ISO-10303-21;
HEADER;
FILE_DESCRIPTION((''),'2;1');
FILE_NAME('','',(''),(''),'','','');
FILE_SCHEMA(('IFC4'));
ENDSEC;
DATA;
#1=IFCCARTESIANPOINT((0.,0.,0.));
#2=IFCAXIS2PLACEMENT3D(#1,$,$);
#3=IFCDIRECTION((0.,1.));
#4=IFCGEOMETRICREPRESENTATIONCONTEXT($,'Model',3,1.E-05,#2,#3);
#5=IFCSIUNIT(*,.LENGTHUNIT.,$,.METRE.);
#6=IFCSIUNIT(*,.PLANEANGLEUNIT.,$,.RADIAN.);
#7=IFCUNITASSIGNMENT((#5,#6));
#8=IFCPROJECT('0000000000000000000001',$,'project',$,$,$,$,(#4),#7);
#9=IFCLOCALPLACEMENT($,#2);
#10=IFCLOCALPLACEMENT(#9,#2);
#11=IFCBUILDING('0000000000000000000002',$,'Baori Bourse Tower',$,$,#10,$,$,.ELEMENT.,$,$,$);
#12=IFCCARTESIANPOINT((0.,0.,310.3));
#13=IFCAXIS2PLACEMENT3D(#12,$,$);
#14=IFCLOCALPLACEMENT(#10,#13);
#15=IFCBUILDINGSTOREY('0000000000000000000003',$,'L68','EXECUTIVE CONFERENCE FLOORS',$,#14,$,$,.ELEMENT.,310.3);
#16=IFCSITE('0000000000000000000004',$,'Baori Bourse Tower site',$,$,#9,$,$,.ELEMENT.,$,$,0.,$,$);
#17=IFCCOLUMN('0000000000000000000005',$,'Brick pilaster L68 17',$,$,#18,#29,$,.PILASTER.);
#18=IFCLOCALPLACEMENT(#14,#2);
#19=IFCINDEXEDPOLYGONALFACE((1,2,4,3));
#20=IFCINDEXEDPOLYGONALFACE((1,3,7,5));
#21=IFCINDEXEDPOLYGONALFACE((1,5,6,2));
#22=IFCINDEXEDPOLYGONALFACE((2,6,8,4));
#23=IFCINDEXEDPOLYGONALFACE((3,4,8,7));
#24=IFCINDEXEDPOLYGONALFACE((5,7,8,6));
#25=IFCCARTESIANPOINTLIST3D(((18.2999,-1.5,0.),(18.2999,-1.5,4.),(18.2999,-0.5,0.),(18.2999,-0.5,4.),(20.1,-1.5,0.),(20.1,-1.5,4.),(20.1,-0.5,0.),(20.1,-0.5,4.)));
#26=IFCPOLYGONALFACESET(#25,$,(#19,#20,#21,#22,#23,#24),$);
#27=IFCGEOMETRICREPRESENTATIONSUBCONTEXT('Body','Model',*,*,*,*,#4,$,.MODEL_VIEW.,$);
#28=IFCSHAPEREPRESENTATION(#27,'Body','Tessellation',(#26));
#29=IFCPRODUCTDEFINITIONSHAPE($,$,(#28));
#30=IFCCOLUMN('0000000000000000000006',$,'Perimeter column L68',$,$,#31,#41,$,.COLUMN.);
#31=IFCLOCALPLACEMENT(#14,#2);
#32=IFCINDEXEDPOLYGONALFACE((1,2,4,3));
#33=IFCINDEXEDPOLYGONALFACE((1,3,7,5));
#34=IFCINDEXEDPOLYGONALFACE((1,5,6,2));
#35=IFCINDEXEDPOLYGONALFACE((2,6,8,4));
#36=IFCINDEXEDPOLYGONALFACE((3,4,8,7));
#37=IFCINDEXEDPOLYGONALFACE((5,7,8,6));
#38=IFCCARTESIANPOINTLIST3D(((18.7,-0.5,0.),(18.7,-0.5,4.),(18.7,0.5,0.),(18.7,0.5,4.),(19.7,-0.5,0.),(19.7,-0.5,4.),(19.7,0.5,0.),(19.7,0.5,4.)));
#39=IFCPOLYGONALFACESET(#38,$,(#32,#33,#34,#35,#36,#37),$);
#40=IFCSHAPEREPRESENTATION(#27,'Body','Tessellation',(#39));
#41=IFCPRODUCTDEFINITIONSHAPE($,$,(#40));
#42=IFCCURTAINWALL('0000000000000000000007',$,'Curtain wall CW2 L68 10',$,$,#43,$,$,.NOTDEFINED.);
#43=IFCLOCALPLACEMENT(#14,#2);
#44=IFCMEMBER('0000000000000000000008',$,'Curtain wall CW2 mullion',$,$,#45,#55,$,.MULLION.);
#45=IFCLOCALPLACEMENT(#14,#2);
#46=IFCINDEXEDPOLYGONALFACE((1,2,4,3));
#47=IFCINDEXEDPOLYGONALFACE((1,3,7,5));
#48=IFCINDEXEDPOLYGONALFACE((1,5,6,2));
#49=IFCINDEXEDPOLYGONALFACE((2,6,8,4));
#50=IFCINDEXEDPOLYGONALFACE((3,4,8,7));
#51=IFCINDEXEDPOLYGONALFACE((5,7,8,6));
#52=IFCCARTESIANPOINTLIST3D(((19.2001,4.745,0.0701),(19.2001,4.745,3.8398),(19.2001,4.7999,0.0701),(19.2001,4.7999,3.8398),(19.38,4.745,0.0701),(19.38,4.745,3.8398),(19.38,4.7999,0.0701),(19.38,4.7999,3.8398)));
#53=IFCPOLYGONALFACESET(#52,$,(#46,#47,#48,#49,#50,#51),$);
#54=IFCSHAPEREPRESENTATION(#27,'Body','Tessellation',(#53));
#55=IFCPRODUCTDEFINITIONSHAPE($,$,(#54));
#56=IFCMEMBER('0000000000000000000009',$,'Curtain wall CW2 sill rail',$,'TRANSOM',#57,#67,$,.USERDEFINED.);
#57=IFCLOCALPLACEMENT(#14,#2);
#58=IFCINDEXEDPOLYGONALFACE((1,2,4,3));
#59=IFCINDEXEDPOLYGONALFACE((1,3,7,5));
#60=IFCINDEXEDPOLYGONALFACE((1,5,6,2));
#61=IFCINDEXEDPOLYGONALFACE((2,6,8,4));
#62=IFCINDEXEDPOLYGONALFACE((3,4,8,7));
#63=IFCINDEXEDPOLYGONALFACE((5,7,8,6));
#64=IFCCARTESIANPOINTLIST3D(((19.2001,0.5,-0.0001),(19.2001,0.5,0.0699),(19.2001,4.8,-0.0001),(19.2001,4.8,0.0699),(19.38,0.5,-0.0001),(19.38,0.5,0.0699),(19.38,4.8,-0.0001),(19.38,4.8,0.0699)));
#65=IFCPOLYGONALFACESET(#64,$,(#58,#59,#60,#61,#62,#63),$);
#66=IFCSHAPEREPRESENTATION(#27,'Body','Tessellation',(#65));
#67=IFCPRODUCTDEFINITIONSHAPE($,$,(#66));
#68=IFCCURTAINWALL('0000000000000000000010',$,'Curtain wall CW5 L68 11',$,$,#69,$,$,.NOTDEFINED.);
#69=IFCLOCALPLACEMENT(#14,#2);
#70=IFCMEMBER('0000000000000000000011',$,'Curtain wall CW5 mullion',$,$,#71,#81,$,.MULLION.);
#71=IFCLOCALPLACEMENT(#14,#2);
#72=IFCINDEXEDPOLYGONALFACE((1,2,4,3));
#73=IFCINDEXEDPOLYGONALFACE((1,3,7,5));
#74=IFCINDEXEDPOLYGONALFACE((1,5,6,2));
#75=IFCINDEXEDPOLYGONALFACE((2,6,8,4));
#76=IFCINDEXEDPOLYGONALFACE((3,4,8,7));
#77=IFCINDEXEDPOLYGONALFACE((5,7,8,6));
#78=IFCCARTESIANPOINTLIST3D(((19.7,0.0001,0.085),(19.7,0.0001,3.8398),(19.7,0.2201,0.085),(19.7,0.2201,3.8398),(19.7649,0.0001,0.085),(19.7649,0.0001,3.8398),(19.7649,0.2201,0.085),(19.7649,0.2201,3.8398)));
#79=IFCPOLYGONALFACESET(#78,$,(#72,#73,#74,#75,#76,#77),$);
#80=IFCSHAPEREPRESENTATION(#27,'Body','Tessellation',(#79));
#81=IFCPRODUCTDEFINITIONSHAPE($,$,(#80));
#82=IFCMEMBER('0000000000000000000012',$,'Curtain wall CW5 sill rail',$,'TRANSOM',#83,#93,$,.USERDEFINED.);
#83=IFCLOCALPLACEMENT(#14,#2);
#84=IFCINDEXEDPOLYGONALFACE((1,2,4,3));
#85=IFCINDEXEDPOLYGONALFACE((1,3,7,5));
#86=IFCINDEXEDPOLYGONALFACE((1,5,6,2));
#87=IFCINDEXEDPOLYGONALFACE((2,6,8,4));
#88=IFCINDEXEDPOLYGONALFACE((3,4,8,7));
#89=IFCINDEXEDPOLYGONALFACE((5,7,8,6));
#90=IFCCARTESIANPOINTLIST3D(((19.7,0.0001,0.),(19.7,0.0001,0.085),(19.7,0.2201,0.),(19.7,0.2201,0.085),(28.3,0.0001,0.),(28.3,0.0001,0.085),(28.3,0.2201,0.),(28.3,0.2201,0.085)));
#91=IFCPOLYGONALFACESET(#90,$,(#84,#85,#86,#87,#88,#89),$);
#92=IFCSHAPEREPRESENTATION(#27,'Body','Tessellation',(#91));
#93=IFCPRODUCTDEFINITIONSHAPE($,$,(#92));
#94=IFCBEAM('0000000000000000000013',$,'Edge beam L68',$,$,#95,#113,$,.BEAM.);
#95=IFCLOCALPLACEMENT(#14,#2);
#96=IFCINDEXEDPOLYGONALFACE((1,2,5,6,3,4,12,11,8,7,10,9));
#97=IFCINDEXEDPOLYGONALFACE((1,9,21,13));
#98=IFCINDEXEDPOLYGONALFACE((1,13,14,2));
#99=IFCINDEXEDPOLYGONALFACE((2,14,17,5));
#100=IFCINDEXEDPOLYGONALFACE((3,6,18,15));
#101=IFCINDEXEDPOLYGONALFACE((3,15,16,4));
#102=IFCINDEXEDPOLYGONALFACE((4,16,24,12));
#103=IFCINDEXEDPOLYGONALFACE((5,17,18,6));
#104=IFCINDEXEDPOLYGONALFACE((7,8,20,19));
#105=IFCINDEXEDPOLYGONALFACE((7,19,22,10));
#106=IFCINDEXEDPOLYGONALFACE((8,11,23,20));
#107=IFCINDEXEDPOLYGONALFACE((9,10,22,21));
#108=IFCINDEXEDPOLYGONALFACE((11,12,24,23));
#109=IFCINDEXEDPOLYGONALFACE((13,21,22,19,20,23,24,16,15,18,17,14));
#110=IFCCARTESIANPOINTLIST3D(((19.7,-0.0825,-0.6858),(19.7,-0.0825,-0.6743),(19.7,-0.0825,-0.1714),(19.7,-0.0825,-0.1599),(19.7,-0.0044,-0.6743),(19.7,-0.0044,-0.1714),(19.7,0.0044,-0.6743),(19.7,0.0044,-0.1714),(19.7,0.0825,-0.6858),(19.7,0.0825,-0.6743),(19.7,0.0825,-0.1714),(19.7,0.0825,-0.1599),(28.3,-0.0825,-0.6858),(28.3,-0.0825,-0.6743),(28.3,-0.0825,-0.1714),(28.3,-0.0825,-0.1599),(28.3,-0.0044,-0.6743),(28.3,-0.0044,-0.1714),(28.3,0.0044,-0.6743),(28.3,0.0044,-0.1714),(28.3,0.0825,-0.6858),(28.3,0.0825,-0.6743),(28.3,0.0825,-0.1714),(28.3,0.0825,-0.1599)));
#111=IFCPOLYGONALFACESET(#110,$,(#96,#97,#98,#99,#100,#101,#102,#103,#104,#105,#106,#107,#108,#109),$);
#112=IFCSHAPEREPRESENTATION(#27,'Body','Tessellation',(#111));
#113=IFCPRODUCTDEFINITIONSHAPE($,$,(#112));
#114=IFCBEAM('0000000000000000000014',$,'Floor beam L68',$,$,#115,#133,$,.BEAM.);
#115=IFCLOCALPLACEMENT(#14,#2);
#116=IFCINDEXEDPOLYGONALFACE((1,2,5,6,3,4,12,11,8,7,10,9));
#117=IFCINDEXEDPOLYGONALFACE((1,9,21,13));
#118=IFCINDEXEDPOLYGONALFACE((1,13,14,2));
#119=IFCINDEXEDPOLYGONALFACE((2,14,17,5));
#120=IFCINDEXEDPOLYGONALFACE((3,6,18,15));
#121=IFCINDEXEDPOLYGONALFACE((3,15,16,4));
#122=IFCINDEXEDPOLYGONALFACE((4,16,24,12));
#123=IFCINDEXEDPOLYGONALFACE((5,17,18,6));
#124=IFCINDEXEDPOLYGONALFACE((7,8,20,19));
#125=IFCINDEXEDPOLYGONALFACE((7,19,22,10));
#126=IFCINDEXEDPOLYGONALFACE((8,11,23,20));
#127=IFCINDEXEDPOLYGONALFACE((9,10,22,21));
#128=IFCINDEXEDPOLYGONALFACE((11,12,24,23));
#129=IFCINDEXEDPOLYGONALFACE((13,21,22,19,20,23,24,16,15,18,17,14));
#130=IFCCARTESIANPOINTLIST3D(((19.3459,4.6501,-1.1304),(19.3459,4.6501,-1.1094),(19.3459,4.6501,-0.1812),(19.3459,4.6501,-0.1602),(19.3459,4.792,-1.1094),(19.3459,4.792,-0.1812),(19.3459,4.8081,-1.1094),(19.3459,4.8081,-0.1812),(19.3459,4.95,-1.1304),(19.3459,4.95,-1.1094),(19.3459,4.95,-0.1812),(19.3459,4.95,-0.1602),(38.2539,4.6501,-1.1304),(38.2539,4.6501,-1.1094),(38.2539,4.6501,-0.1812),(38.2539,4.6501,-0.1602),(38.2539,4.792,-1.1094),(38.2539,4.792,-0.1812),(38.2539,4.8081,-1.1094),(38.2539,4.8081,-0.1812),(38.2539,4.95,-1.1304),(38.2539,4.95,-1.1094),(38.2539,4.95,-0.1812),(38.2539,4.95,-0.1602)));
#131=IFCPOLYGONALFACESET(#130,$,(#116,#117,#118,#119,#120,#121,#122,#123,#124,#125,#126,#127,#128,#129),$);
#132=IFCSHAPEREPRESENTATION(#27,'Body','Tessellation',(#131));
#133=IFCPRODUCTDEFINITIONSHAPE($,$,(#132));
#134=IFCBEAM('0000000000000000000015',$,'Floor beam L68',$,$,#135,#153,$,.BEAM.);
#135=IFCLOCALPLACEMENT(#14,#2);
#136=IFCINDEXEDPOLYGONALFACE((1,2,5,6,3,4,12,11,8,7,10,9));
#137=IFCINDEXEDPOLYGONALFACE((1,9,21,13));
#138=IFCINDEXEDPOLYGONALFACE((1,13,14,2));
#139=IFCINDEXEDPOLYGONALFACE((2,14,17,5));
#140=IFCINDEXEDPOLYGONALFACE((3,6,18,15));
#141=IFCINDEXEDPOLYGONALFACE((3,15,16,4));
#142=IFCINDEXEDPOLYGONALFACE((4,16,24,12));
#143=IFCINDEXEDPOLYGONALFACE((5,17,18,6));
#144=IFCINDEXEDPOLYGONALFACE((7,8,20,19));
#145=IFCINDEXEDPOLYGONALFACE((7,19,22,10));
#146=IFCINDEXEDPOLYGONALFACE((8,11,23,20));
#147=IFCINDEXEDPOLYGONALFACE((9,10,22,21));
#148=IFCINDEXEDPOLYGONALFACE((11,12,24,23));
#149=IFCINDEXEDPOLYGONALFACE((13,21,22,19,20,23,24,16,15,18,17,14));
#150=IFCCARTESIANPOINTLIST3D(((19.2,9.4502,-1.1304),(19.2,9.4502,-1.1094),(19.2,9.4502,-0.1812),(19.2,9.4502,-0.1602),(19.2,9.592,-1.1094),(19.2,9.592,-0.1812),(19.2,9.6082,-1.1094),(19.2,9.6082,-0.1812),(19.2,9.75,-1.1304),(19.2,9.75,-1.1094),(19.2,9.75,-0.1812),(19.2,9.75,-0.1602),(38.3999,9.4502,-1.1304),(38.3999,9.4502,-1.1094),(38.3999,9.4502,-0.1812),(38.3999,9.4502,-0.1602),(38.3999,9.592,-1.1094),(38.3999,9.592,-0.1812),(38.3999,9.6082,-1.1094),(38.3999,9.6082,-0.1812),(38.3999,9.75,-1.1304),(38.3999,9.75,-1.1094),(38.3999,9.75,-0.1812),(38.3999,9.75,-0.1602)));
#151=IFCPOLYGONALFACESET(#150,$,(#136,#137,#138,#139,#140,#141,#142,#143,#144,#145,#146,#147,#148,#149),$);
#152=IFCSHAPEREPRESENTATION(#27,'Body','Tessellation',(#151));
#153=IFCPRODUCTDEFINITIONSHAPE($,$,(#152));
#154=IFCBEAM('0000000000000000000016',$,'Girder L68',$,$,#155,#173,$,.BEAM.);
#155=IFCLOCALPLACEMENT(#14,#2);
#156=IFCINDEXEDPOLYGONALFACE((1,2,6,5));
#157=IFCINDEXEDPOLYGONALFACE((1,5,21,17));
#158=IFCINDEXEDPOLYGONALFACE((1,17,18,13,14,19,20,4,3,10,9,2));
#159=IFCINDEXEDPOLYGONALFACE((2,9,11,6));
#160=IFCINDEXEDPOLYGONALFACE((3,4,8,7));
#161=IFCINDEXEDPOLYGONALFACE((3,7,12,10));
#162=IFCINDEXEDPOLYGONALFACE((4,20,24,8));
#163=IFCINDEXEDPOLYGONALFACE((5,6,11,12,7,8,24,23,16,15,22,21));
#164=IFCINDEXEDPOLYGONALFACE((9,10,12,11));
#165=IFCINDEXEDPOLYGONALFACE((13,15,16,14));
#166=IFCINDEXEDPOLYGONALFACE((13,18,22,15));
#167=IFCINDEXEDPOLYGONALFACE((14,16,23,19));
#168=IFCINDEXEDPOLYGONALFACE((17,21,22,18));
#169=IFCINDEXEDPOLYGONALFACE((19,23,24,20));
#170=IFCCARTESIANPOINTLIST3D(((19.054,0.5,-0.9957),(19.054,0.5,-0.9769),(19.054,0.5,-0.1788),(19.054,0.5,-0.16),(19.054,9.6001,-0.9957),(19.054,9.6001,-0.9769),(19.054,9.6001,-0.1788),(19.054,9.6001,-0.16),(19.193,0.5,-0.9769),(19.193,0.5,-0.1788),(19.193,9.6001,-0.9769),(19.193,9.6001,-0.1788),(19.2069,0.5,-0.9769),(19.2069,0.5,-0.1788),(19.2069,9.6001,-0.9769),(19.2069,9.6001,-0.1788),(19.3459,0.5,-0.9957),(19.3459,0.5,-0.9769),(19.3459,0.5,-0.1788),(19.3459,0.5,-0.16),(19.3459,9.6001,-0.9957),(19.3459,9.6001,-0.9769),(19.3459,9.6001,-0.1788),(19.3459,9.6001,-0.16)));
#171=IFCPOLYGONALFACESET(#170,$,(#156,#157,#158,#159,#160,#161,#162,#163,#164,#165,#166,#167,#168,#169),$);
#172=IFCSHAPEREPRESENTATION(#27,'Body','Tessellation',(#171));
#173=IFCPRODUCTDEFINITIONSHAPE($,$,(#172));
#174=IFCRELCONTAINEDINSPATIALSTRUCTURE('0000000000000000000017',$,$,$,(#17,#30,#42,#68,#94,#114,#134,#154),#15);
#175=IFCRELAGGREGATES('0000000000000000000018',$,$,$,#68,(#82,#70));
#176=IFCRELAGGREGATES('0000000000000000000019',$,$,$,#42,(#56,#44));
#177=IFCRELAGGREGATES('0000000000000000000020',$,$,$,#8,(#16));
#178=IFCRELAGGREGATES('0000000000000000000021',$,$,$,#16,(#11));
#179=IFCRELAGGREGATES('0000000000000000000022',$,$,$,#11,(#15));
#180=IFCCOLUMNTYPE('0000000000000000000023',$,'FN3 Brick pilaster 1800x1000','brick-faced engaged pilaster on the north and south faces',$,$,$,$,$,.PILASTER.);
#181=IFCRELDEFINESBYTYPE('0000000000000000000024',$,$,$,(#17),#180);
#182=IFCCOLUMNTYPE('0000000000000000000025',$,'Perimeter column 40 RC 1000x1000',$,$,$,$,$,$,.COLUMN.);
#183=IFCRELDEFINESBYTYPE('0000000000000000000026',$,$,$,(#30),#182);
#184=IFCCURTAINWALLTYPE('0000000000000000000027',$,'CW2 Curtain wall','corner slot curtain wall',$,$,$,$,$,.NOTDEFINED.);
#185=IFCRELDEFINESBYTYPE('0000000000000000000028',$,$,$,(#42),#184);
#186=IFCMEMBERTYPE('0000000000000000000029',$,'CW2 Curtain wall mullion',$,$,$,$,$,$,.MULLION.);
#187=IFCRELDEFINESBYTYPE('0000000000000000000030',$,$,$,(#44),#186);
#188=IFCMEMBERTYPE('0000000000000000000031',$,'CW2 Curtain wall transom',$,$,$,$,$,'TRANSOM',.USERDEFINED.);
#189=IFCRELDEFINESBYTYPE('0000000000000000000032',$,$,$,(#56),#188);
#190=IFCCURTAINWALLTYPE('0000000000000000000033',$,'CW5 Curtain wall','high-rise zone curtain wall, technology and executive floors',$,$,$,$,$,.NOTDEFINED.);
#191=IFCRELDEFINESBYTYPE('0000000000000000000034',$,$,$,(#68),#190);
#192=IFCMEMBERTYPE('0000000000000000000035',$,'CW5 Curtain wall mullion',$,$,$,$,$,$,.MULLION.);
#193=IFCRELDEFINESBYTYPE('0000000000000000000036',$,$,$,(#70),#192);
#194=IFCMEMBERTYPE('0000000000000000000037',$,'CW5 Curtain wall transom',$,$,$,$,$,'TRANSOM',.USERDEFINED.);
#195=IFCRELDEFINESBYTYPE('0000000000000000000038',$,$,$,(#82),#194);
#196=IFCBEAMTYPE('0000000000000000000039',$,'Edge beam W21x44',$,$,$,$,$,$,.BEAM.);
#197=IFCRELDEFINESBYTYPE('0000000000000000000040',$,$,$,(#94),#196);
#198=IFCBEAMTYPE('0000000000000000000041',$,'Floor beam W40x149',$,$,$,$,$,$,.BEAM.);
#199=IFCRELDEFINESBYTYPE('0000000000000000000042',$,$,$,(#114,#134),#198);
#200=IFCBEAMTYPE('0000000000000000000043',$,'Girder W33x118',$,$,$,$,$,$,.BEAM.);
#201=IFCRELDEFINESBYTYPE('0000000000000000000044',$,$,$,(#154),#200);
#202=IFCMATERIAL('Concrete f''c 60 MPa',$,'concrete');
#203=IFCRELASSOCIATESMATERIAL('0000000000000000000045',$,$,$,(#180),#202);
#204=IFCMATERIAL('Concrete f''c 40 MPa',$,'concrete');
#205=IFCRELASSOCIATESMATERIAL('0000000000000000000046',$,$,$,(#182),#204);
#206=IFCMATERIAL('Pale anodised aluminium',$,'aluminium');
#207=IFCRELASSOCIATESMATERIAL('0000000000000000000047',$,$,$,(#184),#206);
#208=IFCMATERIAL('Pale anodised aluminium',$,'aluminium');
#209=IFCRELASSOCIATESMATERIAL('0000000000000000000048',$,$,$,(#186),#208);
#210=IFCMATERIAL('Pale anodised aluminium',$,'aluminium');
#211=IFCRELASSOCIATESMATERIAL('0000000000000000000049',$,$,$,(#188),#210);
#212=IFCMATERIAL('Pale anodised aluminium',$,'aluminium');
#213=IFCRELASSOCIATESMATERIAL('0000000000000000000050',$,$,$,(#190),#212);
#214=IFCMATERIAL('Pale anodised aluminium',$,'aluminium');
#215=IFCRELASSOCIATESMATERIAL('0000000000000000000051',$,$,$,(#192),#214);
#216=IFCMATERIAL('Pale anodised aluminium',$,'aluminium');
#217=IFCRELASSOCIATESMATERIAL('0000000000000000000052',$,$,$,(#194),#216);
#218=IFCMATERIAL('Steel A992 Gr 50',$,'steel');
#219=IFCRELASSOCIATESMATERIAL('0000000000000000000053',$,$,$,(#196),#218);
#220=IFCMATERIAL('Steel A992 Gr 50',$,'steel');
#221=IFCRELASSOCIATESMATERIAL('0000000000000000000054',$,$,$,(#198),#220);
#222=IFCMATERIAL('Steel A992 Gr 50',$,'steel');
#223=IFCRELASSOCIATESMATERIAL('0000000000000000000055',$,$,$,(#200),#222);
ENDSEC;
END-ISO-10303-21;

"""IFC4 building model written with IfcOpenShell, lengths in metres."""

from ifc_helpers import new_model, si_unit, direction, frame, origin, origin_2d, place, context, subcontext, project, spatial, rectangle, i_section, extrude, material, material_profile, profile_set, type_object, element, aggregate, save


model = new_model("IFC4")

# Units and contexts
model_context = context("Model", 3, precision=1e-05, world=origin(), true_north=direction((0.0, 1.0)))
body_context = subcontext(model_context, "Body", "Model", "MODEL_VIEW")
ifc_project = project(units=[si_unit("LENGTHUNIT", "METRE"), si_unit("PLANEANGLEUNIT", "RADIAN")], contexts=[model_context])

# Site, building, storey
site_placement = place(None, origin())
site = spatial("IfcSite", under=ifc_project, at=site_placement, Name="Baori Bourse Tower site", CompositionType="ELEMENT", RefElevation=0.0)
building_placement = place(site_placement, origin())
building = spatial("IfcBuilding", under=site, at=building_placement, Name="Baori Bourse Tower", CompositionType="ELEMENT")
storey_placement = place(building_placement, frame((0.0, 0.0, 310.3)))
storey = spatial("IfcBuildingStorey", under=building, at=storey_placement, Name="L68", Description="EXECUTIVE CONFERENCE FLOORS", CompositionType="ELEMENT", Elevation=310.3)

# Columns
ifc_material_1 = material(Name="Concrete f'c 60 MPa", Category="concrete")
ifc_material_profile_1 = material_profile(ifc_material_1, rectangle(XDim=1.8, YDim=1.0, at=origin_2d()), Name="RC 1800x1000")
ifc_profile_set_1 = profile_set([ifc_material_profile_1], Name="Concrete f'c 60 MPa")
column_type_1 = type_object("IfcColumnType", Name="FN3 Brick pilaster 1800x1000", Description="brick-faced engaged pilaster on the north and south faces", PredefinedType="PILASTER", material=ifc_profile_set_1)
column_1_placement = place(storey_placement, frame((19.2, -1.0, 0.0), z_axis=(0.0, 0.0, 1.0), x_axis=(1.0, 0.0, 0.0)))
element("IfcColumn", 1, at=column_1_placement, inside=storey, type_object=column_type_1, Name="Brick pilaster L68 17", PredefinedType="PILASTER", context=body_context, shape_type="SweptSolid", body=[
    extrude(rectangle(XDim=1.8, YDim=1.0, at=origin_2d()), origin(), (0.0, 0.0, 1.0), 4.0),
])
ifc_material_2 = material(Name="Concrete f'c 40 MPa", Category="concrete")
ifc_material_profile_2 = material_profile(ifc_material_2, rectangle(XDim=1.0, YDim=1.0, at=origin_2d()), Name="RC 1000x1000")
ifc_profile_set_2 = profile_set([ifc_material_profile_2], Name="Concrete f'c 40 MPa")
column_type_2 = type_object("IfcColumnType", Name="Perimeter column 40 RC 1000x1000", PredefinedType="COLUMN", material=ifc_profile_set_2)
column_2_placement = place(storey_placement, frame((19.2, 0.0, 0.0), z_axis=(0.0, 0.0, 1.0), x_axis=(1.0, 0.0, 0.0)))
element("IfcColumn", 2, at=column_2_placement, inside=storey, type_object=column_type_2, Name="Perimeter column L68", PredefinedType="COLUMN", context=body_context, shape_type="SweptSolid", body=[
    extrude(rectangle(XDim=1.0, YDim=1.0, at=origin_2d()), origin(), (0.0, 0.0, 1.0), 4.0),
])

# Curtain walls, members
ifc_material_3 = material(Name="Pale anodised aluminium", Category="aluminium")
curtain_wall_type_1 = type_object("IfcCurtainWallType", Name="CW2 Curtain wall", Description="corner slot curtain wall", PredefinedType="NOTDEFINED", material=ifc_material_3)
curtain_wall_1_placement = place(storey_placement, origin())
curtain_wall_1 = element("IfcCurtainWall", 3, at=curtain_wall_1_placement, inside=storey, type_object=curtain_wall_type_1, Name="Curtain wall CW2 L68 10", PredefinedType="NOTDEFINED")
ifc_material_4 = material(Name="Pale anodised aluminium", Category="aluminium")
ifc_material_profile_3 = material_profile(ifc_material_4, rectangle(XDim=0.1799, YDim=0.0549, at=origin_2d()), Name="Mullion 55x180")
ifc_profile_set_3 = profile_set([ifc_material_profile_3], Name="Pale anodised aluminium")
member_type_1 = type_object("IfcMemberType", Name="CW2 Curtain wall mullion", PredefinedType="MULLION", material=ifc_profile_set_3)
member_1_placement = place(storey_placement, frame((19.29, 4.7725, 0.0701), z_axis=(0.0, 0.0, 1.0), x_axis=(1.0, 0.0, 0.0)))
member_1 = element("IfcMember", 4, at=member_1_placement, type_object=member_type_1, Name="Curtain wall CW2 mullion", PredefinedType="MULLION", context=body_context, shape_type="SweptSolid", body=[
    extrude(rectangle(XDim=0.1799, YDim=0.0549, at=origin_2d()), origin(), (0.0, 0.0, 1.0), 3.7698),
])
ifc_material_5 = material(Name="Pale anodised aluminium", Category="aluminium")
ifc_material_profile_4 = material_profile(ifc_material_5, rectangle(XDim=0.1799, YDim=0.0701, at=origin_2d()), Name="Transom 70x180")
ifc_profile_set_4 = profile_set([ifc_material_profile_4], Name="Pale anodised aluminium")
member_type_2 = type_object("IfcMemberType", Name="CW2 Curtain wall transom", ElementType="TRANSOM", PredefinedType="USERDEFINED", material=ifc_profile_set_4)
member_2_placement = place(storey_placement, frame((19.29, 4.8, 0.0349), z_axis=(0.0, -1.0, 0.0), x_axis=(1.0, 0.0, 0.0)))
member_2 = element("IfcMember", 5, at=member_2_placement, type_object=member_type_2, Name="Curtain wall CW2 sill rail", ObjectType="TRANSOM", PredefinedType="USERDEFINED", context=body_context, shape_type="SweptSolid", body=[
    extrude(rectangle(XDim=0.1799, YDim=0.0701, at=origin_2d()), origin(), (0.0, 0.0, 1.0), 4.3),
])
ifc_material_6 = material(Name="Pale anodised aluminium", Category="aluminium")
curtain_wall_type_2 = type_object("IfcCurtainWallType", Name="CW5 Curtain wall", Description="high-rise zone curtain wall, technology and executive floors", PredefinedType="NOTDEFINED", material=ifc_material_6)
curtain_wall_2_placement = place(storey_placement, origin())
curtain_wall_2 = element("IfcCurtainWall", 6, at=curtain_wall_2_placement, inside=storey, type_object=curtain_wall_type_2, Name="Curtain wall CW5 L68 11", PredefinedType="NOTDEFINED")
ifc_material_7 = material(Name="Pale anodised aluminium", Category="aluminium")
ifc_material_profile_5 = material_profile(ifc_material_7, rectangle(XDim=0.22, YDim=0.0649, at=origin_2d()), Name="Mullion 65x220")
ifc_profile_set_5 = profile_set([ifc_material_profile_5], Name="Pale anodised aluminium")
member_type_3 = type_object("IfcMemberType", Name="CW5 Curtain wall mullion", PredefinedType="MULLION", material=ifc_profile_set_5)
member_3_placement = place(storey_placement, frame((19.7324, 0.1101, 0.085), z_axis=(0.0, 0.0, 1.0), x_axis=(0.0, 1.0, 0.0)))
member_3 = element("IfcMember", 7, at=member_3_placement, type_object=member_type_3, Name="Curtain wall CW5 mullion", PredefinedType="MULLION", context=body_context, shape_type="SweptSolid", body=[
    extrude(rectangle(XDim=0.22, YDim=0.0649, at=origin_2d()), origin(), (0.0, 0.0, 1.0), 3.7549),
])
ifc_material_8 = material(Name="Pale anodised aluminium", Category="aluminium")
ifc_material_profile_6 = material_profile(ifc_material_8, rectangle(XDim=0.22, YDim=0.085, at=origin_2d()), Name="Transom 85x220")
ifc_profile_set_6 = profile_set([ifc_material_profile_6], Name="Pale anodised aluminium")
member_type_4 = type_object("IfcMemberType", Name="CW5 Curtain wall transom", ElementType="TRANSOM", PredefinedType="USERDEFINED", material=ifc_profile_set_6)
member_4_placement = place(storey_placement, frame((19.7, 0.1101, 0.0425), z_axis=(1.0, 0.0, 0.0), x_axis=(0.0, 1.0, 0.0)))
member_4 = element("IfcMember", 8, at=member_4_placement, type_object=member_type_4, Name="Curtain wall CW5 sill rail", ObjectType="TRANSOM", PredefinedType="USERDEFINED", context=body_context, shape_type="SweptSolid", body=[
    extrude(rectangle(XDim=0.22, YDim=0.085, at=origin_2d()), origin(), (0.0, 0.0, 1.0), 8.6001),
])
aggregate(curtain_wall_2, [member_4, member_3])

# Beams
ifc_material_9 = material(Name="Steel A992 Gr 50", Category="steel")
ifc_material_profile_7 = material_profile(ifc_material_9, i_section(OverallWidth=0.165, OverallDepth=0.5259, WebThickness=0.0088, FlangeThickness=0.0115, at=origin_2d()), Name="W21x44")
ifc_profile_set_7 = profile_set([ifc_material_profile_7], Name="Steel A992 Gr 50")
beam_type_1 = type_object("IfcBeamType", Name="Edge beam W21x44", PredefinedType="BEAM", material=ifc_profile_set_7)
beam_1_placement = place(storey_placement, frame((19.7, 0.0, -0.4229), z_axis=(1.0, 0.0, 0.0), x_axis=(0.0, 1.0, 0.0)))
element("IfcBeam", 9, at=beam_1_placement, inside=storey, type_object=beam_type_1, Name="Edge beam L68", PredefinedType="BEAM", context=body_context, shape_type="SweptSolid", body=[
    extrude(i_section(OverallWidth=0.165, OverallDepth=0.5259, WebThickness=0.0088, FlangeThickness=0.0115, at=origin_2d()), origin(), (0.0, 0.0, 1.0), 8.6001),
])
ifc_material_10 = material(Name="Steel A992 Gr 50", Category="steel")
ifc_material_profile_8 = material_profile(ifc_material_10, i_section(OverallWidth=0.2998, OverallDepth=0.9702, WebThickness=0.0161, FlangeThickness=0.021, at=origin_2d()), Name="W40x149")
ifc_profile_set_8 = profile_set([ifc_material_profile_8], Name="Steel A992 Gr 50")
beam_type_2 = type_object("IfcBeamType", Name="Floor beam W40x149", PredefinedType="BEAM", material=ifc_profile_set_8)
beam_2_placement = place(storey_placement, frame((19.3459, 4.8, -0.6453), z_axis=(1.0, 0.0, 0.0), x_axis=(0.0, 1.0, 0.0)))
element("IfcBeam", 10, at=beam_2_placement, inside=storey, type_object=beam_type_2, Name="Floor beam L68", PredefinedType="BEAM", context=body_context, shape_type="SweptSolid", body=[
    extrude(i_section(OverallWidth=0.2998, OverallDepth=0.9702, WebThickness=0.0161, FlangeThickness=0.021, at=origin_2d()), origin(), (0.0, 0.0, 1.0), 18.908),
])
beam_3_placement = place(storey_placement, frame((19.2, 9.6001, -0.6453), z_axis=(1.0, 0.0, 0.0), x_axis=(0.0, 1.0, 0.0)))
element("IfcBeam", 11, at=beam_3_placement, inside=storey, type_object=beam_type_2, Name="Floor beam L68", PredefinedType="BEAM", context=body_context, shape_type="SweptSolid", body=[
    extrude(i_section(OverallWidth=0.2998, OverallDepth=0.9702, WebThickness=0.0161, FlangeThickness=0.021, at=origin_2d()), origin(), (0.0, 0.0, 1.0), 19.2),
])
ifc_material_11 = material(Name="Steel A992 Gr 50", Category="steel")
ifc_material_profile_9 = material_profile(ifc_material_11, i_section(OverallWidth=0.292, OverallDepth=0.8357, WebThickness=0.0139, FlangeThickness=0.0188, at=origin_2d()), Name="W33x118")
ifc_profile_set_9 = profile_set([ifc_material_profile_9], Name="Steel A992 Gr 50")
beam_type_3 = type_object("IfcBeamType", Name="Girder W33x118", PredefinedType="BEAM", material=ifc_profile_set_9)
beam_4_placement = place(storey_placement, frame((19.2, 0.5, -0.5779), z_axis=(0.0, 1.0, 0.0), x_axis=(-1.0, 0.0, 0.0)))
element("IfcBeam", 12, at=beam_4_placement, inside=storey, type_object=beam_type_3, Name="Girder L68", PredefinedType="BEAM", context=body_context, shape_type="SweptSolid", body=[
    extrude(i_section(OverallWidth=0.292, OverallDepth=0.8357, WebThickness=0.0139, FlangeThickness=0.0188, at=origin_2d()), origin(), (0.0, 0.0, 1.0), 9.1001),
])

aggregate(curtain_wall_1, [member_2, member_1])

save(model, "model.ifc")
